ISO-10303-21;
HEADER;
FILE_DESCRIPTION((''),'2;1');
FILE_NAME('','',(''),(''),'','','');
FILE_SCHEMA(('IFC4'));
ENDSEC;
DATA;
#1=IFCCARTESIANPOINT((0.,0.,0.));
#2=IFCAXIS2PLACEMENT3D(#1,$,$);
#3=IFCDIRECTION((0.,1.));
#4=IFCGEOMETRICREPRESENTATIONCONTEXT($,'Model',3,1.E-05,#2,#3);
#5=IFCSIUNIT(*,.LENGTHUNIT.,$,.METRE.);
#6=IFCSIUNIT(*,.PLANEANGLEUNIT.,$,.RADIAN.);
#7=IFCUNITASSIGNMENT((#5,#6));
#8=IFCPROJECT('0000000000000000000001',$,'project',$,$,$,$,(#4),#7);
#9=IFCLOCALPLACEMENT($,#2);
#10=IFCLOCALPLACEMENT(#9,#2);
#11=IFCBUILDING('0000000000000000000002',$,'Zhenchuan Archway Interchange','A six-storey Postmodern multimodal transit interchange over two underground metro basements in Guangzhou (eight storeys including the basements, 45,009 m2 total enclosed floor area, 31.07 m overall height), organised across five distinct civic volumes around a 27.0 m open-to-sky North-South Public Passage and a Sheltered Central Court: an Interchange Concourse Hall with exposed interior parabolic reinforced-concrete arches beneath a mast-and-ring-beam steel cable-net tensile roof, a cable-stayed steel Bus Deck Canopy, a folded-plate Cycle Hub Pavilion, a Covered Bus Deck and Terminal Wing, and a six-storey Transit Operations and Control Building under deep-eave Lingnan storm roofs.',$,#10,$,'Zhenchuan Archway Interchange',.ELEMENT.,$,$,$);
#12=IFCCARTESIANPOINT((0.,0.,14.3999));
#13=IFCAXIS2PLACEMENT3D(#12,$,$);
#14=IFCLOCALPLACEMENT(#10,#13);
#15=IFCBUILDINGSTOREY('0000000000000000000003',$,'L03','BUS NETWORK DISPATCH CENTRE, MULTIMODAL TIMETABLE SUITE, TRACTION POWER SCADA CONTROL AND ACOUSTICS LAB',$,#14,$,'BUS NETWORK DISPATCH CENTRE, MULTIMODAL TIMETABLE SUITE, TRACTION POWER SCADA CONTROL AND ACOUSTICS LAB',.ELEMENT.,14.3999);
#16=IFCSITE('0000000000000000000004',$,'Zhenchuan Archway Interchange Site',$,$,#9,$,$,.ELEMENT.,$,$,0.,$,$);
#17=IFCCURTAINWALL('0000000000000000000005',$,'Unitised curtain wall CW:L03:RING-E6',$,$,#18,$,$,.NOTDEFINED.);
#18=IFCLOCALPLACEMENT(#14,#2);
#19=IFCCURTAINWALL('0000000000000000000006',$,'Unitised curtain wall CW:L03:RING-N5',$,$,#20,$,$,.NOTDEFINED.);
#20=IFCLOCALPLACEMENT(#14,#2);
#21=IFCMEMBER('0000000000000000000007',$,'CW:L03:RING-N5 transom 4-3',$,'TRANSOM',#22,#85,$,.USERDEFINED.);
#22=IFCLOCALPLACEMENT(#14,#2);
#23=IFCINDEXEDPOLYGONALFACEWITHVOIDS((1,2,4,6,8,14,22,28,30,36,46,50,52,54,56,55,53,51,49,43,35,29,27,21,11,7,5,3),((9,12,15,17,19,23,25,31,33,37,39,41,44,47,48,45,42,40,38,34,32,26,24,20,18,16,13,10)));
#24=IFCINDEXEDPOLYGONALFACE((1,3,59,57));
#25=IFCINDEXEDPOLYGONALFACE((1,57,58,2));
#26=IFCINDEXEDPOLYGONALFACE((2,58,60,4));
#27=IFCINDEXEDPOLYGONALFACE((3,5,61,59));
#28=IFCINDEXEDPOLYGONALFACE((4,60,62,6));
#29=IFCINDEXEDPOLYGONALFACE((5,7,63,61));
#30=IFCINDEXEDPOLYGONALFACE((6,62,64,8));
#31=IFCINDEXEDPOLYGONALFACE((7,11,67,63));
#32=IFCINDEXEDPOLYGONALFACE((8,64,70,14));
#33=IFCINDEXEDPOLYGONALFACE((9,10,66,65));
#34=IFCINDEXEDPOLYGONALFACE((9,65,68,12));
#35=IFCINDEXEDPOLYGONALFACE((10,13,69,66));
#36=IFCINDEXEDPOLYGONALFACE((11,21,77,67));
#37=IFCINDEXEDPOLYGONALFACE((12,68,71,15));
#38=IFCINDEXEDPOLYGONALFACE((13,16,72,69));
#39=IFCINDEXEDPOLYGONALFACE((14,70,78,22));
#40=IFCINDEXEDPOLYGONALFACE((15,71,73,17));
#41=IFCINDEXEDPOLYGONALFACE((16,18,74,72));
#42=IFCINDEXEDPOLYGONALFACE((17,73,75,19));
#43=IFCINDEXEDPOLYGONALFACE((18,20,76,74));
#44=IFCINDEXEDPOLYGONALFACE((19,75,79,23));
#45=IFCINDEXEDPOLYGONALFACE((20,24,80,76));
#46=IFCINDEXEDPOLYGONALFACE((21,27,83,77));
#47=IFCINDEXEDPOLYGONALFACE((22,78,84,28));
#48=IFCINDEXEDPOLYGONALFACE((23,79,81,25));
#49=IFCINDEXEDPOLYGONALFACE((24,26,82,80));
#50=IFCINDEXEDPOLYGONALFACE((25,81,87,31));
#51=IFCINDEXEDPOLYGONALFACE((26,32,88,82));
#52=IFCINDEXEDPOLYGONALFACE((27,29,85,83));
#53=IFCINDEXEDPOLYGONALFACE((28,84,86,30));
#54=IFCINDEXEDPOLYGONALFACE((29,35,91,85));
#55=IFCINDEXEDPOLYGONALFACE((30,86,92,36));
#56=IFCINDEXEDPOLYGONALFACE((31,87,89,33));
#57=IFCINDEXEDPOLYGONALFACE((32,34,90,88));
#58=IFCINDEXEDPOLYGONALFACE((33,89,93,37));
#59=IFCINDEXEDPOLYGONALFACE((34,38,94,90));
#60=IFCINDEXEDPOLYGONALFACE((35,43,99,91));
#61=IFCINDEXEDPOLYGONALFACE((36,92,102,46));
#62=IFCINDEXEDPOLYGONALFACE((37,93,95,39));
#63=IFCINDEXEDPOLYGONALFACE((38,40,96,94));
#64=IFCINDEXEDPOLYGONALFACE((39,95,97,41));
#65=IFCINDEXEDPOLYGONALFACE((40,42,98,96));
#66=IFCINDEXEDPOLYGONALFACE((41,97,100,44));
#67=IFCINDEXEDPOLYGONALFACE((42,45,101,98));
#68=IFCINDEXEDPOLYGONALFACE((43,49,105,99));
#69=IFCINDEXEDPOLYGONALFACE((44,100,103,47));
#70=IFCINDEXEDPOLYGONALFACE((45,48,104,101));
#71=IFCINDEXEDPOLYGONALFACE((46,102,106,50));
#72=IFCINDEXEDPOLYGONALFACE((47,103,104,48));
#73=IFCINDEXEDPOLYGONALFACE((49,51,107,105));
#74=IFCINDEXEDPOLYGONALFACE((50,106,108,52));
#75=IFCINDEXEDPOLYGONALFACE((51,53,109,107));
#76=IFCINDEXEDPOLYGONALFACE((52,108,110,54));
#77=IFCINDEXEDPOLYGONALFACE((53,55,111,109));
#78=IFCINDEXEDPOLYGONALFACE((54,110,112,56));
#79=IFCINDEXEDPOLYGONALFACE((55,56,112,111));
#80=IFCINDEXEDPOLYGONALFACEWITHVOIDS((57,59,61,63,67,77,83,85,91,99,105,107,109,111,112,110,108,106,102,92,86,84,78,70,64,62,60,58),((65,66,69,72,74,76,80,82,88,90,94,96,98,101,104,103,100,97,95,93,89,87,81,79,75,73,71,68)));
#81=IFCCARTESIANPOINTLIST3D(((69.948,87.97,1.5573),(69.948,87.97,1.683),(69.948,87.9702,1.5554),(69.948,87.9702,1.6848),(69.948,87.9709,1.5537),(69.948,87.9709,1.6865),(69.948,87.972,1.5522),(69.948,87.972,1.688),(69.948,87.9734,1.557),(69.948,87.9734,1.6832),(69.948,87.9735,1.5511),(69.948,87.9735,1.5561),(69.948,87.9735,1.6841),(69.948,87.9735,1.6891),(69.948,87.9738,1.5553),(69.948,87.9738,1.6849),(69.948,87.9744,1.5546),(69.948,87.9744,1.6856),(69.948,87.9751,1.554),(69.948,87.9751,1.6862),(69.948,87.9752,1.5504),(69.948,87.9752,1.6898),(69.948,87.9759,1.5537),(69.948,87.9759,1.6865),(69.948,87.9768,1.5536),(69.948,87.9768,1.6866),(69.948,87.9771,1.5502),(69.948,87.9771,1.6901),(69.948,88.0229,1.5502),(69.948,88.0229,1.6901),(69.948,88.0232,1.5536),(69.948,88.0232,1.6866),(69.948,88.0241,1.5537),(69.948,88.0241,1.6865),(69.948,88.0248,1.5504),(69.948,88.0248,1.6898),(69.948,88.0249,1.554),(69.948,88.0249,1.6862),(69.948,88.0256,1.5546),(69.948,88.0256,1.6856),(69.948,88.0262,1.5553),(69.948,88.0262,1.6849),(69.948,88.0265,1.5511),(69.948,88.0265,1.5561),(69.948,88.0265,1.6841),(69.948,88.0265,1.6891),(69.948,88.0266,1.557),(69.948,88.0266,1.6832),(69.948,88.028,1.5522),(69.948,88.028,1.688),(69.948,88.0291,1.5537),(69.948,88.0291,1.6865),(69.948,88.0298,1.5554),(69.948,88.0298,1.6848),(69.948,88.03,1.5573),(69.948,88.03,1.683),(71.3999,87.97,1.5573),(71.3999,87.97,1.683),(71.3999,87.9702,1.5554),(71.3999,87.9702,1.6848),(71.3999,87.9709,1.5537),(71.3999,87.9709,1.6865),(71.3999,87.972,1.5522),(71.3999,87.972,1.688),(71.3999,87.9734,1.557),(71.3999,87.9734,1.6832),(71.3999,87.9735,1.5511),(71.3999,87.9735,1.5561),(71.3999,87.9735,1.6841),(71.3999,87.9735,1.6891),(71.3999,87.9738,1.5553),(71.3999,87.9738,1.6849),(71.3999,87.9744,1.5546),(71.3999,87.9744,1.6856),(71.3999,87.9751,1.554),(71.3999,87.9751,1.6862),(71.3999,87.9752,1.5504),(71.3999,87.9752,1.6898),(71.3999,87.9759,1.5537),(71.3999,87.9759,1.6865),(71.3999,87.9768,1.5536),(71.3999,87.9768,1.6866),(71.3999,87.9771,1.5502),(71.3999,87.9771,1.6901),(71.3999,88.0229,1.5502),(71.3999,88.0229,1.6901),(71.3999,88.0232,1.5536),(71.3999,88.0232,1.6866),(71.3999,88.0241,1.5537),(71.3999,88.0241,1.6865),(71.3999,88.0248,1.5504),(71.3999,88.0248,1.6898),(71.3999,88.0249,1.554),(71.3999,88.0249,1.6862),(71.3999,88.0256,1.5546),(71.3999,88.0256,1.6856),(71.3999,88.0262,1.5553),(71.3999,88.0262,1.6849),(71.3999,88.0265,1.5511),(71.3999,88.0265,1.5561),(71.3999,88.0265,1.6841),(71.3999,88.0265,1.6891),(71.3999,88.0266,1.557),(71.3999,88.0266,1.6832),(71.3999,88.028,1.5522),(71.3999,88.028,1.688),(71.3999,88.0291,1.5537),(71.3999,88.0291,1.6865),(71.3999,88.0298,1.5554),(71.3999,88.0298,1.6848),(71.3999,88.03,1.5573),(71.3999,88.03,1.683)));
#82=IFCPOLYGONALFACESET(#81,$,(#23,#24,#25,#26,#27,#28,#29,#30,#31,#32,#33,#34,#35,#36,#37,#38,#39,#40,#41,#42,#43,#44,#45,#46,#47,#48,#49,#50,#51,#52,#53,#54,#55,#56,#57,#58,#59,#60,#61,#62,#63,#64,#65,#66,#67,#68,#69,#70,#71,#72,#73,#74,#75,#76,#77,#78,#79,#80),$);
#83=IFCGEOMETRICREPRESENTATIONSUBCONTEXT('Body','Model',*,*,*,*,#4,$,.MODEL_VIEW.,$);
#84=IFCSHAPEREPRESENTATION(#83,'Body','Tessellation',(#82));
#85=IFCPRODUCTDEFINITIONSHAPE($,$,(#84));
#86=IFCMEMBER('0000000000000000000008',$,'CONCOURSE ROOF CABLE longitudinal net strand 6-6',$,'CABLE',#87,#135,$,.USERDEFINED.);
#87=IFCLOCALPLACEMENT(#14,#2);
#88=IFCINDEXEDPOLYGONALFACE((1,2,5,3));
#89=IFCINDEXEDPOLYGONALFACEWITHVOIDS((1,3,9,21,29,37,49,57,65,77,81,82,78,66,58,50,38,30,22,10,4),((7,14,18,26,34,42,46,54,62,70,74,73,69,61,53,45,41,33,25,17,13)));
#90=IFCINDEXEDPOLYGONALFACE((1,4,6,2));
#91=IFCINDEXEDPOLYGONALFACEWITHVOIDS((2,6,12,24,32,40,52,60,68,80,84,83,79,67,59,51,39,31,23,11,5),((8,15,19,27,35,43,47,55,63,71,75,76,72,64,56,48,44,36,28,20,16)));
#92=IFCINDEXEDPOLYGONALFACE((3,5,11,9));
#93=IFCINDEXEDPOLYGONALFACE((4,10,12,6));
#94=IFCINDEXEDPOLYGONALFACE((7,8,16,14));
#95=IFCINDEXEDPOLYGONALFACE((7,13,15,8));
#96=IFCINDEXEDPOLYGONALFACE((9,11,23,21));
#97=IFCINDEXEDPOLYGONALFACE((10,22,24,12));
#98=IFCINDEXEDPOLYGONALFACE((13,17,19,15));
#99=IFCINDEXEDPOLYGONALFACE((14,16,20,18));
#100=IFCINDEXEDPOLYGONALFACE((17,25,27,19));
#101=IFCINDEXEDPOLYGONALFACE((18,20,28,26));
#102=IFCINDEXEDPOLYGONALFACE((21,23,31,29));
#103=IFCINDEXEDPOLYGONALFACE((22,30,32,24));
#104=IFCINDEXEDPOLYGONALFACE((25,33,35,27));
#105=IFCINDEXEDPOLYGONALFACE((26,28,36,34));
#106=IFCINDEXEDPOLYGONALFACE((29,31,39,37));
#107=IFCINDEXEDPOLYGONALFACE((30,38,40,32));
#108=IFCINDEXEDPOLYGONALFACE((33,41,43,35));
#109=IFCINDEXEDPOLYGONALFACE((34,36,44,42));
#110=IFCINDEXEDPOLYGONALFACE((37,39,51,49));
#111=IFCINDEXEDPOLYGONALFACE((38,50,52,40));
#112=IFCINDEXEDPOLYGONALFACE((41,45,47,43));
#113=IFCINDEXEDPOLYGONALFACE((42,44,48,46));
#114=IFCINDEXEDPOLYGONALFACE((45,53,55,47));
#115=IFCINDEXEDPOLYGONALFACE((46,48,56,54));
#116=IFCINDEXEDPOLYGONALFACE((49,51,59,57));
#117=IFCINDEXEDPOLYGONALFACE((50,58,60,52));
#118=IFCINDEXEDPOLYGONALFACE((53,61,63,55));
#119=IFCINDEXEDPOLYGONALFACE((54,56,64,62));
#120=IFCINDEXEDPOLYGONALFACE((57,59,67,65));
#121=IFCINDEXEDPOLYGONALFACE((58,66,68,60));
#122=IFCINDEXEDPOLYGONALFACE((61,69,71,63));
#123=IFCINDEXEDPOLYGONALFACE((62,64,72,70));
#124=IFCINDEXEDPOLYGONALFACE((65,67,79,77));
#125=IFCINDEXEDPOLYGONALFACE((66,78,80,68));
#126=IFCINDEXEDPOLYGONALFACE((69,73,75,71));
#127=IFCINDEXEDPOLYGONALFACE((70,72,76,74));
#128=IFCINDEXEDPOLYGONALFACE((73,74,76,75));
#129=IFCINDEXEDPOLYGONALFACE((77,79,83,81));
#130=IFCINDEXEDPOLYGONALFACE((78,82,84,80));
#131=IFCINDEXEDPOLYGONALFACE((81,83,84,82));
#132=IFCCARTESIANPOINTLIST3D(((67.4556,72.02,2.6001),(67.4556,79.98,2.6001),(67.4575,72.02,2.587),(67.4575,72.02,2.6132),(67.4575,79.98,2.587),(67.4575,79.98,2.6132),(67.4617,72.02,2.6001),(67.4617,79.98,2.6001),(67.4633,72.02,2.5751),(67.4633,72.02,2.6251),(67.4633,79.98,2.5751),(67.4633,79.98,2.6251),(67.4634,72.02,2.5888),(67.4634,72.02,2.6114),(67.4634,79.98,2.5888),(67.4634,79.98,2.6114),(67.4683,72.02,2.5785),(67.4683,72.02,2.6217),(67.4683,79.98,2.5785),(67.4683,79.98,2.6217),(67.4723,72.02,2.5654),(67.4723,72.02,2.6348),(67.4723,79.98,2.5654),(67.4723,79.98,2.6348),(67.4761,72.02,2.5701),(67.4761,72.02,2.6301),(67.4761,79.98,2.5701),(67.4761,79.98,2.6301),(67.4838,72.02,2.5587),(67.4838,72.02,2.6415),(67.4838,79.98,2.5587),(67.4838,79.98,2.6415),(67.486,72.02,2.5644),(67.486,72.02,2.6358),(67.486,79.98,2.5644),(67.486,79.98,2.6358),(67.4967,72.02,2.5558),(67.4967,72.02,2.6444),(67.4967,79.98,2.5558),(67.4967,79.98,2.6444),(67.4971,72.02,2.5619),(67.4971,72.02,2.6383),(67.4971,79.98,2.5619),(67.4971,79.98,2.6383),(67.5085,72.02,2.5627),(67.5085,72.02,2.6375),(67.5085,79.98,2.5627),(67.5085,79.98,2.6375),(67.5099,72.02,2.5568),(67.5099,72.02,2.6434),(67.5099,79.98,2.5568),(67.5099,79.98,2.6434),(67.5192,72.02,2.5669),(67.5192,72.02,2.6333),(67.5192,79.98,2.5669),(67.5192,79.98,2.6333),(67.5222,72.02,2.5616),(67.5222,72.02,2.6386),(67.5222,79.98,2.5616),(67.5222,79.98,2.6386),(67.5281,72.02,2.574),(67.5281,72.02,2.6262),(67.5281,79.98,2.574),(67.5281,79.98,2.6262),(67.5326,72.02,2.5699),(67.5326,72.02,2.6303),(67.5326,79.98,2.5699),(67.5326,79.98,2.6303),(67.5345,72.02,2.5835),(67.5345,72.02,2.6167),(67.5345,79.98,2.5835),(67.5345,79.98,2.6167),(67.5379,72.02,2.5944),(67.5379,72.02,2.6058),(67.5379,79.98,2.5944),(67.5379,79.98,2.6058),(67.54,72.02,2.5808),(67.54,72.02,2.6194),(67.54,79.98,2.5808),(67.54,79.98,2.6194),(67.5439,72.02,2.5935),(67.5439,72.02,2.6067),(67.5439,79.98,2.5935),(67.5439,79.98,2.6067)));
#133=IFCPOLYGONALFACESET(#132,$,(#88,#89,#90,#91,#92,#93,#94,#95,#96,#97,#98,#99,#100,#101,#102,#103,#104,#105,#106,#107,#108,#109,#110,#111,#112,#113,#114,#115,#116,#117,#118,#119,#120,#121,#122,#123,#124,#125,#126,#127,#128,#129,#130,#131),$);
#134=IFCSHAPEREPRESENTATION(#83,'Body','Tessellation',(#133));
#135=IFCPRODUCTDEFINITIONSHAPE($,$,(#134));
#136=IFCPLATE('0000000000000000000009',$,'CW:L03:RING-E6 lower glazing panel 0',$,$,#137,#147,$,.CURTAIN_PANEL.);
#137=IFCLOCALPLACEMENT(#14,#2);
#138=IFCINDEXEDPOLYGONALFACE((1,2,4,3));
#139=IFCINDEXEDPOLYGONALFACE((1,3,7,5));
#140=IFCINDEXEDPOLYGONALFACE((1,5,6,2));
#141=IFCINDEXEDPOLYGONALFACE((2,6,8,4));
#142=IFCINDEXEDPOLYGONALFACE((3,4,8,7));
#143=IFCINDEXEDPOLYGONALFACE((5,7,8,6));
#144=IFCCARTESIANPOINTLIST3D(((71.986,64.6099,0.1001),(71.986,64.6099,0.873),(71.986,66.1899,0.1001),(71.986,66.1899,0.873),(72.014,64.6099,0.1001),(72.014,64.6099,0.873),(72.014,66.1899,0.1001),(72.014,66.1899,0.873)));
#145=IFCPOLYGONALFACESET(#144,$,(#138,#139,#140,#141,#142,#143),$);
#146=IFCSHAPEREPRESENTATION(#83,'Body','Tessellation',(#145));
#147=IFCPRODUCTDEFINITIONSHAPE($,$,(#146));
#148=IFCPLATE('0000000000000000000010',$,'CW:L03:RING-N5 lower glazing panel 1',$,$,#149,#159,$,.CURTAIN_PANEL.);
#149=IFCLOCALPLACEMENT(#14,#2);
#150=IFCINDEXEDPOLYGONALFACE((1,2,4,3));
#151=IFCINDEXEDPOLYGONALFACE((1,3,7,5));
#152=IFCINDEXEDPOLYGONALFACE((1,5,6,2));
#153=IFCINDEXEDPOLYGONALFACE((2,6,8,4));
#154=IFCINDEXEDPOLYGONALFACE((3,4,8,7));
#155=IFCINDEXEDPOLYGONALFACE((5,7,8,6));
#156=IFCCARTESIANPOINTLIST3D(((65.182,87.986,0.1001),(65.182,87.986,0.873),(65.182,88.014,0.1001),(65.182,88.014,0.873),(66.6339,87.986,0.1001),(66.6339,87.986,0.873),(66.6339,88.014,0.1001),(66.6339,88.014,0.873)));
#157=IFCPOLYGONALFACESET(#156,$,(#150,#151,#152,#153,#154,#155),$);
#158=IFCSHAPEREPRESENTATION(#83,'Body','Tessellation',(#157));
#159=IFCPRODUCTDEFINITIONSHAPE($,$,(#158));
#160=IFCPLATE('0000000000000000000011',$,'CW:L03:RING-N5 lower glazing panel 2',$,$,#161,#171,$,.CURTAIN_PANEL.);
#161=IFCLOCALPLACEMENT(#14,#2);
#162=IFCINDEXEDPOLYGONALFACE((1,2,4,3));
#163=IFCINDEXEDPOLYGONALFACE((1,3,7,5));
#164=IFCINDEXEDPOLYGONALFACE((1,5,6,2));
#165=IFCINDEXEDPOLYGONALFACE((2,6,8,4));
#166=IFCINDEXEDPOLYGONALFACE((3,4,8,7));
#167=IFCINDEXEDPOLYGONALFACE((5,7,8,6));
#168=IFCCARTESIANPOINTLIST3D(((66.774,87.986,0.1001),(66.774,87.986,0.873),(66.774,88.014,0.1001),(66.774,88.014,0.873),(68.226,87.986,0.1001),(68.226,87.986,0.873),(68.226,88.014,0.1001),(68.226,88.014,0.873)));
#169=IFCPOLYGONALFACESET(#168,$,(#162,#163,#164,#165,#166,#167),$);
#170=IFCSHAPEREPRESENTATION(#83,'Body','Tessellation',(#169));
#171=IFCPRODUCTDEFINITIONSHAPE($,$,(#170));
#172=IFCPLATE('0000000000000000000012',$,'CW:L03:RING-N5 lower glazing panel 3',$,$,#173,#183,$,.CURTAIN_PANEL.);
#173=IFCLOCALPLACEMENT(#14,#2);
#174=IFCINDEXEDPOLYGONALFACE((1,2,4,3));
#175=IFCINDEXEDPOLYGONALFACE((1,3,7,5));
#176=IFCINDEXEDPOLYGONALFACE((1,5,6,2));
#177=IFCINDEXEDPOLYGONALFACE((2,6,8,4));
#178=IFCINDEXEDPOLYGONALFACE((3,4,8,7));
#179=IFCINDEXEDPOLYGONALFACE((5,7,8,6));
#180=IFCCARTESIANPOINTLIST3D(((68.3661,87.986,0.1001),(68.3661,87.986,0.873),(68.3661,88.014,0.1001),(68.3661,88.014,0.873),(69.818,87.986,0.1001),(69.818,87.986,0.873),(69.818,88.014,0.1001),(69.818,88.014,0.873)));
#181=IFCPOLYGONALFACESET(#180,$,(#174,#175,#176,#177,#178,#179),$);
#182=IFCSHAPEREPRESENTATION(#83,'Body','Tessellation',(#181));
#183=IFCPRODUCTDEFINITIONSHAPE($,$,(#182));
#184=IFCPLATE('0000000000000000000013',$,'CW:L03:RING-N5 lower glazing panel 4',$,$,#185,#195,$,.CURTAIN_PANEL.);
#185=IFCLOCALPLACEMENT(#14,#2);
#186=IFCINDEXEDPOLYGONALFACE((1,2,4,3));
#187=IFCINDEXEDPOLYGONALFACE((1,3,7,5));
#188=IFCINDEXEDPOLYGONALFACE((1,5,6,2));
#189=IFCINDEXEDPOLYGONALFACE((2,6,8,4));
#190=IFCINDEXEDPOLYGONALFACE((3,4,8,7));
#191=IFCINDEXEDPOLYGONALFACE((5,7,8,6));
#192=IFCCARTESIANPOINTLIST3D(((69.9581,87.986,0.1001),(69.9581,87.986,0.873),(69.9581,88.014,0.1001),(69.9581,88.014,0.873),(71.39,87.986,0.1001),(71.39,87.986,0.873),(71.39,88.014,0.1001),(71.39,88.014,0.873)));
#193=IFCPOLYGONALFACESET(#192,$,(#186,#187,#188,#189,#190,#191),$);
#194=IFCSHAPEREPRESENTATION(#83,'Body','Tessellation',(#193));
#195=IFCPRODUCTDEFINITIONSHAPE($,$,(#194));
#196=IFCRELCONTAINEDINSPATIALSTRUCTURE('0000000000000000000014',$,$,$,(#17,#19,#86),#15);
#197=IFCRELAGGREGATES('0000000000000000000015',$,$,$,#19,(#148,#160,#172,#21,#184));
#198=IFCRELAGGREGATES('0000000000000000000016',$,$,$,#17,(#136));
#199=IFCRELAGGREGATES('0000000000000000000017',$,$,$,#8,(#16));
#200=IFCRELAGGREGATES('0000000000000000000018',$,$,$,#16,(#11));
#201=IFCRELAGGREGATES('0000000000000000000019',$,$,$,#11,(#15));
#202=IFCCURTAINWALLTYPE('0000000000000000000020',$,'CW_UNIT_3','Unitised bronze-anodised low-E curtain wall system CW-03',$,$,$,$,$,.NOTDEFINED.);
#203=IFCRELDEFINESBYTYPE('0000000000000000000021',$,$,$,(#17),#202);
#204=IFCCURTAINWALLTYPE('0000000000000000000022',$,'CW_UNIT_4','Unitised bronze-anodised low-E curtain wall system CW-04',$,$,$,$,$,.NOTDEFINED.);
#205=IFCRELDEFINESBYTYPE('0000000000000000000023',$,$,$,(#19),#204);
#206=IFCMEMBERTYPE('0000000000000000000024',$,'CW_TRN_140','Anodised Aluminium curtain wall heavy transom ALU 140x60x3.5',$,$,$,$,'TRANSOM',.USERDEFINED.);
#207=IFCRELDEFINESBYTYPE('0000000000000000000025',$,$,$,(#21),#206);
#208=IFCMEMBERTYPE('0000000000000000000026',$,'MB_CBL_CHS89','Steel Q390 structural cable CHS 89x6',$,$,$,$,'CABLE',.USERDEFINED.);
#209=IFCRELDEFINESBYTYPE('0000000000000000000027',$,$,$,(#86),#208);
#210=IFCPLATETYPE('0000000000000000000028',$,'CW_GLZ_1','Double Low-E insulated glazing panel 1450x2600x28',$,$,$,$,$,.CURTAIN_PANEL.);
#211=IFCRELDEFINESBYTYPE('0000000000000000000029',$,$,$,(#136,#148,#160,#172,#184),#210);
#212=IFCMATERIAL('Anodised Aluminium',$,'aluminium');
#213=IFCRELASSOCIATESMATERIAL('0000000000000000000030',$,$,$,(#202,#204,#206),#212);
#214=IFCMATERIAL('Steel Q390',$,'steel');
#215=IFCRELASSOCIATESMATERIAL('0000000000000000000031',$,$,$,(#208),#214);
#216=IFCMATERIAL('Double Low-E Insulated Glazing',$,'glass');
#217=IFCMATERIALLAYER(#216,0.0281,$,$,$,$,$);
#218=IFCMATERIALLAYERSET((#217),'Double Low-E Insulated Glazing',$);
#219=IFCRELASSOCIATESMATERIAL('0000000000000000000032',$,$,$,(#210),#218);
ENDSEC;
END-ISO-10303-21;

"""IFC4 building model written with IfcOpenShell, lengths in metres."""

from ifc_helpers import new_model, si_unit, direction, frame, origin, origin_2d, place, context, subcontext, project, spatial, rectangle, hollow_rectangle, hollow_circle, extrude, material, layer, layer_set, material_profile, profile_set, type_object, element, aggregate, save


model = new_model("IFC4")

# Units and contexts
model_context = context("Model", 3, precision=1e-05, world=origin(), true_north=direction((0.0, 1.0)))
body_context = subcontext(model_context, "Body", "Model", "MODEL_VIEW")
ifc_project = project(units=[si_unit("LENGTHUNIT", "METRE"), si_unit("PLANEANGLEUNIT", "RADIAN")], contexts=[model_context])

# Site, building, storey
site_placement = place(None, origin())
site = spatial("IfcSite", under=ifc_project, at=site_placement, Name="Zhenchuan Archway Interchange Site", CompositionType="ELEMENT", RefElevation=0.0)
building_placement = place(site_placement, origin())
building = spatial("IfcBuilding", under=site, at=building_placement, Name="Zhenchuan Archway Interchange", Description="A six-storey Postmodern multimodal transit interchange over two underground metro basements in Guangzhou (eight storeys including the basements, 45,009 m2 total enclosed floor area, 31.07 m overall height), organised across five distinct civic volumes around a 27.0 m open-to-sky North-South Public Passage and a Sheltered Central Court: an Interchange Concourse Hall with exposed interior parabolic reinforced-concrete arches beneath a mast-and-ring-beam steel cable-net tensile roof, a cable-stayed steel Bus Deck Canopy, a folded-plate Cycle Hub Pavilion, a Covered Bus Deck and Terminal Wing, and a six-storey Transit Operations and Control Building under deep-eave Lingnan storm roofs.", LongName="Zhenchuan Archway Interchange", CompositionType="ELEMENT")
storey_placement = place(building_placement, frame((0.0, 0.0, 14.3999)))
storey = spatial("IfcBuildingStorey", under=building, at=storey_placement, Name="L03", Description="BUS NETWORK DISPATCH CENTRE, MULTIMODAL TIMETABLE SUITE, TRACTION POWER SCADA CONTROL AND ACOUSTICS LAB", LongName="BUS NETWORK DISPATCH CENTRE, MULTIMODAL TIMETABLE SUITE, TRACTION POWER SCADA CONTROL AND ACOUSTICS LAB", CompositionType="ELEMENT", Elevation=14.3999)

# Curtain walls
ifc_material_1 = material(Name="Anodised Aluminium", Category="aluminium")
curtain_wall_type_1 = type_object("IfcCurtainWallType", Name="CW_UNIT_3", Description="Unitised bronze-anodised low-E curtain wall system CW-03", PredefinedType="NOTDEFINED", material=ifc_material_1)
curtain_wall_1_placement = place(storey_placement, origin())
curtain_wall_1 = element("IfcCurtainWall", 1, at=curtain_wall_1_placement, inside=storey, type_object=curtain_wall_type_1, Name="Unitised curtain wall CW:L03:RING-E6", PredefinedType="NOTDEFINED")
curtain_wall_type_2 = type_object("IfcCurtainWallType", Name="CW_UNIT_4", Description="Unitised bronze-anodised low-E curtain wall system CW-04", PredefinedType="NOTDEFINED", material=ifc_material_1)
curtain_wall_2_placement = place(storey_placement, origin())
curtain_wall_2 = element("IfcCurtainWall", 2, at=curtain_wall_2_placement, inside=storey, type_object=curtain_wall_type_2, Name="Unitised curtain wall CW:L03:RING-N5", PredefinedType="NOTDEFINED")

# Members
ifc_material_profile_1 = material_profile(ifc_material_1, hollow_rectangle(XDim=0.0601, YDim=0.1399, WallThickness=0.0034, InnerFilletRadius=0.0034, OuterFilletRadius=0.0071, at=origin_2d()), Name="ALU 140x60x3.5")
ifc_profile_set_1 = profile_set([ifc_material_profile_1], Name="Anodised Aluminium")
member_type_1 = type_object("IfcMemberType", Name="CW_TRN_140", Description="Anodised Aluminium curtain wall heavy transom ALU 140x60x3.5", ElementType="TRANSOM", PredefinedType="USERDEFINED", material=ifc_profile_set_1)
member_1_placement = place(storey_placement, frame((69.948, 88.0, 1.6201), z_axis=(1.0, 0.0, 0.0), x_axis=(0.0, 1.0, 0.0)))
member_1 = element("IfcMember", 3, at=member_1_placement, type_object=member_type_1, Name="CW:L03:RING-N5 transom 4-3", ObjectType="TRANSOM", PredefinedType="USERDEFINED", context=body_context, shape_type="SweptSolid", body=[
    extrude(hollow_rectangle(XDim=0.0601, YDim=0.1399, WallThickness=0.0034, InnerFilletRadius=0.0034, OuterFilletRadius=0.0071, at=origin_2d()), origin(), (0.0, 0.0, 1.0), 1.4519),
])
ifc_material_2 = material(Name="Steel Q390", Category="steel")
ifc_material_profile_2 = material_profile(ifc_material_2, hollow_circle(Radius=0.0444, WallThickness=0.0061, at=origin_2d()), Name="CHS 89x6")
ifc_profile_set_2 = profile_set([ifc_material_profile_2], Name="Steel Q390")
member_type_2 = type_object("IfcMemberType", Name="MB_CBL_CHS89", Description="Steel Q390 structural cable CHS 89x6", ElementType="CABLE", PredefinedType="USERDEFINED", material=ifc_profile_set_2)
member_2_placement = place(storey_placement, frame((67.5, 72.02, 2.6001), z_axis=(0.0, 1.0, 0.0), x_axis=(-1.0, 0.0, 0.0)))
element("IfcMember", 4, at=member_2_placement, inside=storey, type_object=member_type_2, Name="CONCOURSE ROOF CABLE longitudinal net strand 6-6", ObjectType="CABLE", PredefinedType="USERDEFINED", context=body_context, shape_type="SweptSolid", body=[
    extrude(hollow_circle(Radius=0.0444, WallThickness=0.0061, at=origin_2d()), origin(), (0.0, 0.0, 1.0), 7.96),
])

# Plates
ifc_material_3 = material(Name="Double Low-E Insulated Glazing", Category="glass")
ifc_layer_1 = layer(ifc_material_3, 0.0281)
ifc_layer_set_1 = layer_set([ifc_layer_1], Name="Double Low-E Insulated Glazing")
plate_type_1 = type_object("IfcPlateType", Name="CW_GLZ_1", Description="Double Low-E insulated glazing panel 1450x2600x28", PredefinedType="CURTAIN_PANEL", material=ifc_layer_set_1)
plate_1_placement = place(storey_placement, frame((72.0, 65.3999, 0.1001), z_axis=(0.0, 0.0, 1.0), x_axis=(0.0, 1.0, 0.0)))
plate_1 = element("IfcPlate", 5, at=plate_1_placement, type_object=plate_type_1, Name="CW:L03:RING-E6 lower glazing panel 0", PredefinedType="CURTAIN_PANEL", context=body_context, shape_type="SweptSolid", body=[
    extrude(rectangle(XDim=1.5801, YDim=0.0281, at=origin_2d()), origin(), (0.0, 0.0, 1.0), 0.7729),
])
plate_2_placement = place(storey_placement, frame((65.908, 88.0, 0.1001), z_axis=(0.0, 0.0, 1.0), x_axis=(1.0, 0.0, 0.0)))
plate_2 = element("IfcPlate", 6, at=plate_2_placement, type_object=plate_type_1, Name="CW:L03:RING-N5 lower glazing panel 1", PredefinedType="CURTAIN_PANEL", context=body_context, shape_type="SweptSolid", body=[
    extrude(rectangle(XDim=1.4519, YDim=0.0281, at=origin_2d()), origin(), (0.0, 0.0, 1.0), 0.7729),
])
plate_3_placement = place(storey_placement, frame((67.5, 88.0, 0.1001), z_axis=(0.0, 0.0, 1.0), x_axis=(1.0, 0.0, 0.0)))
plate_3 = element("IfcPlate", 7, at=plate_3_placement, type_object=plate_type_1, Name="CW:L03:RING-N5 lower glazing panel 2", PredefinedType="CURTAIN_PANEL", context=body_context, shape_type="SweptSolid", body=[
    extrude(rectangle(XDim=1.4519, YDim=0.0281, at=origin_2d()), origin(), (0.0, 0.0, 1.0), 0.7729),
])
plate_4_placement = place(storey_placement, frame((69.092, 88.0, 0.1001), z_axis=(0.0, 0.0, 1.0), x_axis=(1.0, 0.0, 0.0)))
plate_4 = element("IfcPlate", 8, at=plate_4_placement, type_object=plate_type_1, Name="CW:L03:RING-N5 lower glazing panel 3", PredefinedType="CURTAIN_PANEL", context=body_context, shape_type="SweptSolid", body=[
    extrude(rectangle(XDim=1.4519, YDim=0.0281, at=origin_2d()), origin(), (0.0, 0.0, 1.0), 0.7729),
])
plate_5_placement = place(storey_placement, frame((70.6741, 88.0, 0.1001), z_axis=(0.0, 0.0, 1.0), x_axis=(1.0, 0.0, 0.0)))
plate_5 = element("IfcPlate", 9, at=plate_5_placement, type_object=plate_type_1, Name="CW:L03:RING-N5 lower glazing panel 4", PredefinedType="CURTAIN_PANEL", context=body_context, shape_type="SweptSolid", body=[
    extrude(rectangle(XDim=1.4319, YDim=0.0281, at=origin_2d()), origin(), (0.0, 0.0, 1.0), 0.7729),
])
aggregate(curtain_wall_2, [plate_2, plate_3, plate_4, member_1, plate_5])
aggregate(curtain_wall_1, [plate_1])

save(model, "model.ifc")
